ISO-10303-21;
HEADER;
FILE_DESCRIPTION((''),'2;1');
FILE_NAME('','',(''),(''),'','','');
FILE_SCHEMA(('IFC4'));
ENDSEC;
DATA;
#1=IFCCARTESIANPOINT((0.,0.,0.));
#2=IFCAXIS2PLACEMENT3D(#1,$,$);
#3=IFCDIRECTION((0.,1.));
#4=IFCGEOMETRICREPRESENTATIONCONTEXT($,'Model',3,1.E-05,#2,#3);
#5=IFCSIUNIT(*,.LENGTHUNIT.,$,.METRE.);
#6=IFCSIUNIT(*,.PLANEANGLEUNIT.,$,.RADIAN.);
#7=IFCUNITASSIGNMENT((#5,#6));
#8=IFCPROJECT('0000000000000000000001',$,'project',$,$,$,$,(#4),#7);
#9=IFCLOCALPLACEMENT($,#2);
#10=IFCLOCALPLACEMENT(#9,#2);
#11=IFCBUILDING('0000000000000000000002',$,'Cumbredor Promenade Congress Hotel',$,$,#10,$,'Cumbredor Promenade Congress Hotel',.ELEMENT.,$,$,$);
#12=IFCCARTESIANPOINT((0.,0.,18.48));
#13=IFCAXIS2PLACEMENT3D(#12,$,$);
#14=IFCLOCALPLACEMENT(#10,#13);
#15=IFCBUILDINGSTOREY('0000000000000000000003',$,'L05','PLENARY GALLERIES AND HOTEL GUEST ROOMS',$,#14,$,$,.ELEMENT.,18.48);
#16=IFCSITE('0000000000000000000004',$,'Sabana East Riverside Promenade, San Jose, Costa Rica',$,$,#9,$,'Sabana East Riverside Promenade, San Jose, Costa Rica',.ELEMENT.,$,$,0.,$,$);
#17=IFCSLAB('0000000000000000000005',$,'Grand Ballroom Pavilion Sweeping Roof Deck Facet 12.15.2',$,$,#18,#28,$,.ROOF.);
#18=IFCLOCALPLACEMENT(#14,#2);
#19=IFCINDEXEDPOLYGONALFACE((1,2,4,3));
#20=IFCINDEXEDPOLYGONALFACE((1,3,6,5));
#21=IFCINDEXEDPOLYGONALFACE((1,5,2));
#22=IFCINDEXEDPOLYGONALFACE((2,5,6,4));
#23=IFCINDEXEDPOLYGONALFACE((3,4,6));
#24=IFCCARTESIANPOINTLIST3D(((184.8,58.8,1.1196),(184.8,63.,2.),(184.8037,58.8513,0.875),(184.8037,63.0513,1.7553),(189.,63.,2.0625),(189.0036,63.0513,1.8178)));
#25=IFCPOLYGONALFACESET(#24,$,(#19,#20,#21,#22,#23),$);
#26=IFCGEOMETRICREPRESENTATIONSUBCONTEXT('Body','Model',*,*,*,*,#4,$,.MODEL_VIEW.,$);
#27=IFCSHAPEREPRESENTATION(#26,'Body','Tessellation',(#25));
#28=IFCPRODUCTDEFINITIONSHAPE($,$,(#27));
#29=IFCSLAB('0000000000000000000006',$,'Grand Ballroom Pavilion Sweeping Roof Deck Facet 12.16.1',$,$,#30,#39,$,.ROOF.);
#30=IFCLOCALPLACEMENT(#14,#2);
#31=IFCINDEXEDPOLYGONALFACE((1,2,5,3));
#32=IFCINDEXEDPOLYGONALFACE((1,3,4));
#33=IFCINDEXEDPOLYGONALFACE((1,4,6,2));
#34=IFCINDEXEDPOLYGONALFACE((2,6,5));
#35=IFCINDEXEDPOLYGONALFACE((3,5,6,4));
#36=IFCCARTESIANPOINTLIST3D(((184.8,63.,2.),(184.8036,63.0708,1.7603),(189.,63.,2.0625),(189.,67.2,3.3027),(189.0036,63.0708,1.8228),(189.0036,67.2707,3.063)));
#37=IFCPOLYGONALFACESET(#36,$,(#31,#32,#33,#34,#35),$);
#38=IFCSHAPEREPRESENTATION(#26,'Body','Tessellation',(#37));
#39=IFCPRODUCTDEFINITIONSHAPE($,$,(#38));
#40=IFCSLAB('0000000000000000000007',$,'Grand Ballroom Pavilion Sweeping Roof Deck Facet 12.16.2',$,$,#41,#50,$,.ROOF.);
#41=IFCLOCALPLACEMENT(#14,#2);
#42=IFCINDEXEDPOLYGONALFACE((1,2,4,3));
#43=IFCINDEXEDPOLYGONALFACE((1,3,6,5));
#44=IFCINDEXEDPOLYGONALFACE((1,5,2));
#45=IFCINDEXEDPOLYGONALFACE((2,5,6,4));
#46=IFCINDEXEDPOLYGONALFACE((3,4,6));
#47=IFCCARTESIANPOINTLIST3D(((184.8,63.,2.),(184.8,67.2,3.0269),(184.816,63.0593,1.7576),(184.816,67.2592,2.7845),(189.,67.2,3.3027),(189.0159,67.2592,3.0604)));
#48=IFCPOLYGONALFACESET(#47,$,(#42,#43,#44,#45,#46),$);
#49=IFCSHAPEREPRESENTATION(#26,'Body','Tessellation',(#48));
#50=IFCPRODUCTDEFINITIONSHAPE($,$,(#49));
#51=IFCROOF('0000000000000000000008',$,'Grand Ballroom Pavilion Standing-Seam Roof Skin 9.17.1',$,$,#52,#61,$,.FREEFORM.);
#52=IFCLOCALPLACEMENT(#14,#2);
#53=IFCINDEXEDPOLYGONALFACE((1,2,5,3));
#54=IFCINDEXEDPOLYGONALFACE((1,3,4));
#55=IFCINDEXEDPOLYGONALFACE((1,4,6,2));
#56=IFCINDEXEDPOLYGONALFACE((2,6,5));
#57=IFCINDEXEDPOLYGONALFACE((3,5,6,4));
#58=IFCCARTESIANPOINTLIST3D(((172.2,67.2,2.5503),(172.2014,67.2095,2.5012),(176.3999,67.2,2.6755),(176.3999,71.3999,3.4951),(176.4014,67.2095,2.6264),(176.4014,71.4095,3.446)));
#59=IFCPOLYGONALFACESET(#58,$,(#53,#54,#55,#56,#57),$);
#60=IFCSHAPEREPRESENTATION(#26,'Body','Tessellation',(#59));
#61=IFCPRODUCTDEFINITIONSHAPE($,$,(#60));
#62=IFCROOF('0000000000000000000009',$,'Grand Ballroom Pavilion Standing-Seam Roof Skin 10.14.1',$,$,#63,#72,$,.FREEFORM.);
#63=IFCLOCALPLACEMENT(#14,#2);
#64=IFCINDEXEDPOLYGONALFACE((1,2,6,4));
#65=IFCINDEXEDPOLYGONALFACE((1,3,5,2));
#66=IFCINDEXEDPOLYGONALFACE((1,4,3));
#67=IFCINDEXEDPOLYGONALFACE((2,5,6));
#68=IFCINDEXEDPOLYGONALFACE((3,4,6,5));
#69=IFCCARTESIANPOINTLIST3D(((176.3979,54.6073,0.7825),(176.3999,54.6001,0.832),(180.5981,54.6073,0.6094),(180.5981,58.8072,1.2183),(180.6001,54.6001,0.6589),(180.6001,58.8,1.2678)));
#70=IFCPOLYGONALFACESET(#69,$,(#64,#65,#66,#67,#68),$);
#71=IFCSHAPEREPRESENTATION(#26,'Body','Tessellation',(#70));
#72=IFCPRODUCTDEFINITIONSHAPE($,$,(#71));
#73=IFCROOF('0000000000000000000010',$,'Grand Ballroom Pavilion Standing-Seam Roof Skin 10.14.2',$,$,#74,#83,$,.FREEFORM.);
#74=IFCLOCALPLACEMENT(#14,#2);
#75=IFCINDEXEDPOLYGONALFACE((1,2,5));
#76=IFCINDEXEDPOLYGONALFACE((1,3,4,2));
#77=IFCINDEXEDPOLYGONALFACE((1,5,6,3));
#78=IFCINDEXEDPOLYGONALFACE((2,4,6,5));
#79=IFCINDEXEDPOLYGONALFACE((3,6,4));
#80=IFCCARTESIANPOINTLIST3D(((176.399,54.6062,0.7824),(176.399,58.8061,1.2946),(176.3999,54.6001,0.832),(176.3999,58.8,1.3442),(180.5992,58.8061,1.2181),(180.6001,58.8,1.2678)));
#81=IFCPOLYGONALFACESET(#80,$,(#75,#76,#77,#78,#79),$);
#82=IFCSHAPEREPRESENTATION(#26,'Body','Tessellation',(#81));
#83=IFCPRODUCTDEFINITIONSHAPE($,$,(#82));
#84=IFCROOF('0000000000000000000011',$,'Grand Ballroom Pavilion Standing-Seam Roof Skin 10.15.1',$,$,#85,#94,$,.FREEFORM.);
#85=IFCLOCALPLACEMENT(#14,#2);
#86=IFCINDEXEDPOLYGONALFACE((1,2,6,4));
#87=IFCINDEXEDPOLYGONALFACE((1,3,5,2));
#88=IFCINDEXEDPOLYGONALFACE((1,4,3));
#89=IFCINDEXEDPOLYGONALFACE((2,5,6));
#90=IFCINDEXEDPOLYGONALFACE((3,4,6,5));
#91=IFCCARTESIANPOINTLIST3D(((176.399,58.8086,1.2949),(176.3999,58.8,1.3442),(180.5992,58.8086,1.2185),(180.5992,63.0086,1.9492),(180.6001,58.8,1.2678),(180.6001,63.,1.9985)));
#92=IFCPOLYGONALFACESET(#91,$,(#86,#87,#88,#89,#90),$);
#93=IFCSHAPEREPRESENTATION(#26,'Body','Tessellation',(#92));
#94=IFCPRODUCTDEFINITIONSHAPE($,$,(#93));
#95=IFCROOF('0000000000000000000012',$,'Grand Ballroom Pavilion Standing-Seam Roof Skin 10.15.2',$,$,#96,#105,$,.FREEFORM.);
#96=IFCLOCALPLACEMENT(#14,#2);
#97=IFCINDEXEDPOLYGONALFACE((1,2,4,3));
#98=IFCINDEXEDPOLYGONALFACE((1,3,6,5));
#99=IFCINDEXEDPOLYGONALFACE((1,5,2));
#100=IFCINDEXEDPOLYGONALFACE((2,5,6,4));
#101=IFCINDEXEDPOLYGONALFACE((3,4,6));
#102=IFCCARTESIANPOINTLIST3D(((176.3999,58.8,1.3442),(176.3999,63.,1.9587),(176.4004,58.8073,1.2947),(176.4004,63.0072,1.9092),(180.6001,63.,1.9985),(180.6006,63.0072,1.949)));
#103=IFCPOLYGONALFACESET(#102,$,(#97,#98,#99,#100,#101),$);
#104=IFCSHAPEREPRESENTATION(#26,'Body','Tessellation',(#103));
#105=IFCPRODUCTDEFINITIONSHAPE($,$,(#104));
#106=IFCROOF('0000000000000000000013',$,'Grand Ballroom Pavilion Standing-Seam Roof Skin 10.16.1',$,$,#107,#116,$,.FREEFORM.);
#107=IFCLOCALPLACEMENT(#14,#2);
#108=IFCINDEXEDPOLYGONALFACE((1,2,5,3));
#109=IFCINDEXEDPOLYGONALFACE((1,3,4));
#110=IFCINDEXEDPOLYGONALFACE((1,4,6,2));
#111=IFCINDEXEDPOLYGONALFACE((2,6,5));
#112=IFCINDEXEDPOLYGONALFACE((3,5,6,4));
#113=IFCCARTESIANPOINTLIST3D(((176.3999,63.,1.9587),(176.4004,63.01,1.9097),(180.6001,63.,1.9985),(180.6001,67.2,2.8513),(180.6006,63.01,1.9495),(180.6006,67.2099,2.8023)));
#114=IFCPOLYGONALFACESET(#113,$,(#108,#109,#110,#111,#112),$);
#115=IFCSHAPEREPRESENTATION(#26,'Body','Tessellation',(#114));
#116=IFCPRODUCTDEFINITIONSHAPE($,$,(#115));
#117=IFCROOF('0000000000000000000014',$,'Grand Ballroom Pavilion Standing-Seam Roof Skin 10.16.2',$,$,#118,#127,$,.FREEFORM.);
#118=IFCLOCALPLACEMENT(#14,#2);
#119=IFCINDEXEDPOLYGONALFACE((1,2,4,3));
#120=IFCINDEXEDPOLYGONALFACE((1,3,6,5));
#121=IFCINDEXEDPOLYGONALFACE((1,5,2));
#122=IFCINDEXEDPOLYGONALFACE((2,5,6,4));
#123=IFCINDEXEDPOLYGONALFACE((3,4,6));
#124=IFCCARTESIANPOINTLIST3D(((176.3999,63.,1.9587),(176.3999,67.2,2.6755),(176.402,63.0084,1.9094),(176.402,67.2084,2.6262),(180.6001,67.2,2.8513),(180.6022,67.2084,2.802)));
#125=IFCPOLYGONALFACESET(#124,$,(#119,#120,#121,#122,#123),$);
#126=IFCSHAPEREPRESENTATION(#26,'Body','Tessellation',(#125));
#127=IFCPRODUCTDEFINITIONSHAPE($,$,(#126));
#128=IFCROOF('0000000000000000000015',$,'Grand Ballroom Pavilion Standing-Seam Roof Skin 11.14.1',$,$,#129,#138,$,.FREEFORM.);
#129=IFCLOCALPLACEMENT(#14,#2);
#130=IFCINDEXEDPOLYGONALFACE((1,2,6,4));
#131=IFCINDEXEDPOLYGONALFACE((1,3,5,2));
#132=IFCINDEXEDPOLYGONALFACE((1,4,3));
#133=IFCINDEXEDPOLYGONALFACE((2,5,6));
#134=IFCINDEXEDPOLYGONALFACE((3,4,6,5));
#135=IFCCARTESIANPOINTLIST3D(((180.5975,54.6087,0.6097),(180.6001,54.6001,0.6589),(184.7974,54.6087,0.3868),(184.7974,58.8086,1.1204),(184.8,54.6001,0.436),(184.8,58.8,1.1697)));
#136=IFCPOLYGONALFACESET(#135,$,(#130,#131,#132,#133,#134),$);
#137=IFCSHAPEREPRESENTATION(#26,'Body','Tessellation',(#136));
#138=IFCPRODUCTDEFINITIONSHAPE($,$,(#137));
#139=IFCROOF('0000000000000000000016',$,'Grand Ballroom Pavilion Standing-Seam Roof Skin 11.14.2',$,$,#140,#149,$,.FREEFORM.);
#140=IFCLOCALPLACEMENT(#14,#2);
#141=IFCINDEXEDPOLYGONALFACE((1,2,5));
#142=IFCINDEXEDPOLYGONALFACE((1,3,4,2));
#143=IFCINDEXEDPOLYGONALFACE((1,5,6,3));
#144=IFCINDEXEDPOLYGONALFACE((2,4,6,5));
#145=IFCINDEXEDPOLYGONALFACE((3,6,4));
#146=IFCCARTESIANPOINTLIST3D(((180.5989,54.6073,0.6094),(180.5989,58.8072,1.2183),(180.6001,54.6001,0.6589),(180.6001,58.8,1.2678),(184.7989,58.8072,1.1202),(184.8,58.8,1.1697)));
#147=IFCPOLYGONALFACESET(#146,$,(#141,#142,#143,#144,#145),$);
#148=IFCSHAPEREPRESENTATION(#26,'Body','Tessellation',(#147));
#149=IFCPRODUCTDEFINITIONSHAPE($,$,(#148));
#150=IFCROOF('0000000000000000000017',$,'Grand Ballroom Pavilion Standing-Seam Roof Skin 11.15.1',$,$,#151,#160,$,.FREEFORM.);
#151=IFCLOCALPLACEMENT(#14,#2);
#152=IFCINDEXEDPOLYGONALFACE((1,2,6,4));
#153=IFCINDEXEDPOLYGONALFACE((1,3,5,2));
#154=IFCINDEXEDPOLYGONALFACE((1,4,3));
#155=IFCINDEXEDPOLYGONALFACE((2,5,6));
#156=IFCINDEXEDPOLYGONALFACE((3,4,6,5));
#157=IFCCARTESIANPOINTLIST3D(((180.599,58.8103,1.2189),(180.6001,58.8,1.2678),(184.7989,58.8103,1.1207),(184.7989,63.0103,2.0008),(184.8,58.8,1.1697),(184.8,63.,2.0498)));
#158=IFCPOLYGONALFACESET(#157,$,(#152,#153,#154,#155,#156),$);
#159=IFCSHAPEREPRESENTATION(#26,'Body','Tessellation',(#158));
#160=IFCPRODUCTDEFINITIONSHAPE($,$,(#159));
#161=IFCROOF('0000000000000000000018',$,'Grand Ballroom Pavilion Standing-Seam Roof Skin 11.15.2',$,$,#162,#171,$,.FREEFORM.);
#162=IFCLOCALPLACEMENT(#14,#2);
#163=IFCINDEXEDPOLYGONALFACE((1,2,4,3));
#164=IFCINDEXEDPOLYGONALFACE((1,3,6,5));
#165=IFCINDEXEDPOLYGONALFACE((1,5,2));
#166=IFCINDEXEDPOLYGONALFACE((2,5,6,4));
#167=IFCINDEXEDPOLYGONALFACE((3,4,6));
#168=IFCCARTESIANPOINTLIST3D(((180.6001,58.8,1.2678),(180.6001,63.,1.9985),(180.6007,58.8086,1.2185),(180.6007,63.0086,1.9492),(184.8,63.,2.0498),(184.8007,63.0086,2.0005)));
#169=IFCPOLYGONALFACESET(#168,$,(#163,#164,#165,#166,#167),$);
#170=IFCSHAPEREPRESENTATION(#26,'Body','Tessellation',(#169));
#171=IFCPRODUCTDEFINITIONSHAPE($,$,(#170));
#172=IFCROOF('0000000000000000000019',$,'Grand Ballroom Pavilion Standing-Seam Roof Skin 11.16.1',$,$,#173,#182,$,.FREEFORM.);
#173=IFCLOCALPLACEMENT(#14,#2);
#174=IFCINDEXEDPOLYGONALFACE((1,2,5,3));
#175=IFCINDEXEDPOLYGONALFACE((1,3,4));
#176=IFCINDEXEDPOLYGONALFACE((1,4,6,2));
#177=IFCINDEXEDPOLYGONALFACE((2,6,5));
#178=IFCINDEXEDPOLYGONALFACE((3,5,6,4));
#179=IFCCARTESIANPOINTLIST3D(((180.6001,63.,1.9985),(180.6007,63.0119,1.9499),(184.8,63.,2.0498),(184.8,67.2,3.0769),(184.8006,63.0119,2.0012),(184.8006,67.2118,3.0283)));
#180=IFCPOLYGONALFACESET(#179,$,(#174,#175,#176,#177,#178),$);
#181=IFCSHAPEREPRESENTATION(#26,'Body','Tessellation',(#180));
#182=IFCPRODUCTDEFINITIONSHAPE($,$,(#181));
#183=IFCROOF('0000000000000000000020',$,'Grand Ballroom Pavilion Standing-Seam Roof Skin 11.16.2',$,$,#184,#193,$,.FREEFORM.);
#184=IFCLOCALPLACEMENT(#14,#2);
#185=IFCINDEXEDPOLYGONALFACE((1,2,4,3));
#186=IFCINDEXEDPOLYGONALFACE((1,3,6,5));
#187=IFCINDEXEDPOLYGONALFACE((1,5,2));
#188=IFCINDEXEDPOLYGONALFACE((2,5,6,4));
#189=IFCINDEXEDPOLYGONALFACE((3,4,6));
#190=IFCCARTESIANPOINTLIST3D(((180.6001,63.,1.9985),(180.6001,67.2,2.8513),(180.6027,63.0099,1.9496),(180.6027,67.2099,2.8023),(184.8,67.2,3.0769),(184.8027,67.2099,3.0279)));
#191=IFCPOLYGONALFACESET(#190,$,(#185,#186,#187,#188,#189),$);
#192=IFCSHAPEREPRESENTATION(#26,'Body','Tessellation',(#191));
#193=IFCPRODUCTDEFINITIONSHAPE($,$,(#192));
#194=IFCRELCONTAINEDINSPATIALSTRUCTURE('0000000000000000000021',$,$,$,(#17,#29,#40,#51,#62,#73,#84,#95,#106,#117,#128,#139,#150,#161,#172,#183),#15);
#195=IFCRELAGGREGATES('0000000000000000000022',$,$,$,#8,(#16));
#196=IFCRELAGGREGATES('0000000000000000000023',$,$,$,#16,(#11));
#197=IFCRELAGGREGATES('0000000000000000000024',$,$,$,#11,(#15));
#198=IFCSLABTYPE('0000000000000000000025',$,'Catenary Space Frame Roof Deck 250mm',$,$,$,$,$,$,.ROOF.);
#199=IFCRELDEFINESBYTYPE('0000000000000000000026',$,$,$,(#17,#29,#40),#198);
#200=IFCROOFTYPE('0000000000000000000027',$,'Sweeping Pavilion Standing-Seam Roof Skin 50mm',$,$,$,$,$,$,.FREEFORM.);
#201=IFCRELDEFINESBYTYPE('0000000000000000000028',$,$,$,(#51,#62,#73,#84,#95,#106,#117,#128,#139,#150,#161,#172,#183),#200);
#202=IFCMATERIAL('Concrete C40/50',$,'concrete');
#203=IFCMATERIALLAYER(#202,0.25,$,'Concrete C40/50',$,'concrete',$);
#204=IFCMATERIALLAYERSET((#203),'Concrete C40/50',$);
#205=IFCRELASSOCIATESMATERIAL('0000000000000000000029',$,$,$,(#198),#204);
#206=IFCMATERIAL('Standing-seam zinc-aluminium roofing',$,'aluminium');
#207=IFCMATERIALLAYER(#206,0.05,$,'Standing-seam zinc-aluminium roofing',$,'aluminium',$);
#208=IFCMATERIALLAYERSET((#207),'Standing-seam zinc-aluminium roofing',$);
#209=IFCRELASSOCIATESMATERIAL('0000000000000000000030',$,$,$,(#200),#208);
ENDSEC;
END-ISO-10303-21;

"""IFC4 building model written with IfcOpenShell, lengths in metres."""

from ifc_helpers import new_model, si_unit, direction, frame, origin, place, context, subcontext, project, spatial, polyline, outline, extrude, material, layer, layer_set, type_object, element, save


model = new_model("IFC4")

# Units and contexts
model_context = context("Model", 3, precision=1e-05, world=origin(), true_north=direction((0.0, 1.0)))
body_context = subcontext(model_context, "Body", "Model", "MODEL_VIEW")
ifc_project = project(units=[si_unit("LENGTHUNIT", "METRE"), si_unit("PLANEANGLEUNIT", "RADIAN")], contexts=[model_context])

# Site, building, storey
site_placement = place(None, origin())
site = spatial("IfcSite", under=ifc_project, at=site_placement, Name="Sabana East Riverside Promenade, San Jose, Costa Rica", LongName="Sabana East Riverside Promenade, San Jose, Costa Rica", CompositionType="ELEMENT", RefElevation=0.0)
building_placement = place(site_placement, origin())
building = spatial("IfcBuilding", under=site, at=building_placement, Name="Cumbredor Promenade Congress Hotel", LongName="Cumbredor Promenade Congress Hotel", CompositionType="ELEMENT")
storey_placement = place(building_placement, frame((0.0, 0.0, 18.48)))
storey = spatial("IfcBuildingStorey", under=building, at=storey_placement, Name="L05", Description="PLENARY GALLERIES AND HOTEL GUEST ROOMS", CompositionType="ELEMENT", Elevation=18.48)

# Slabs
ifc_material_1 = material(Name="Concrete C40/50", Category="concrete")
ifc_layer_1 = layer(ifc_material_1, 0.25, Name="Concrete C40/50", Category="concrete")
ifc_layer_set_1 = layer_set([ifc_layer_1], Name="Concrete C40/50")
slab_type = type_object("IfcSlabType", Name="Catenary Space Frame Roof Deck 250mm", PredefinedType="ROOF", material=ifc_layer_set_1)
slab_1_placement = place(storey_placement, frame((184.8, 58.8, 1.1196), z_axis=(-0.014563, -0.205134, 0.978626), x_axis=(0.698362, 0.698362, 0.156779)))
element("IfcSlab", 1, at=slab_1_placement, inside=storey, type_object=slab_type, Name="Grand Ballroom Pavilion Sweeping Roof Deck Facet 12.15.2", PredefinedType="ROOF", context=body_context, shape_type="SweptSolid", body=[
    extrude(outline(polyline([(0.0, 0.0), (6.014, 0.0), (3.0711, 2.9972), (0.0, 0.0)])), origin(), (0.0, 0.0, -1.0), 0.25),
])
slab_2_placement = place(storey_placement, frame((184.8, 63.0, 2.0), z_axis=(-0.01427, -0.283179, 0.958961), x_axis=(0.999889, 0.0, 0.014879)))
element("IfcSlab", 2, at=slab_2_placement, inside=storey, type_object=slab_type, Name="Grand Ballroom Pavilion Sweeping Roof Deck Facet 12.16.1", PredefinedType="ROOF", context=body_context, shape_type="SweptSolid", body=[
    extrude(outline(polyline([(0.0, 0.0), (4.2004, 0.0), (4.2189, 4.3792), (0.0, 0.0)])), origin(), (0.0, 0.0, -1.0), 0.25),
])
slab_3_placement = place(storey_placement, frame((184.8, 63.0, 2.0), z_axis=(-0.063677, -0.237015, 0.969417), x_axis=(0.690689, 0.690689, 0.214237)))
element("IfcSlab", 3, at=slab_3_placement, inside=storey, type_object=slab_type, Name="Grand Ballroom Pavilion Sweeping Roof Deck Facet 12.16.2", PredefinedType="ROOF", context=body_context, shape_type="SweptSolid", body=[
    extrude(outline(polyline([(0.0, 0.0), (6.0808, 0.0), (3.1209, 2.9924), (0.0, 0.0)])), origin(), (0.0, 0.0, -1.0), 0.25),
])

# Roofs
ifc_material_2 = material(Name="Standing-seam zinc-aluminium roofing", Category="aluminium")
ifc_layer_2 = layer(ifc_material_2, 0.05, Name="Standing-seam zinc-aluminium roofing", Category="aluminium")
ifc_layer_set_2 = layer_set([ifc_layer_2], Name="Standing-seam zinc-aluminium roofing")
roof_type = type_object("IfcRoofType", Name="Sweeping Pavilion Standing-Seam Roof Skin 50mm", PredefinedType="FREEFORM", material=ifc_layer_set_2)
roof_1_placement = place(storey_placement, frame((172.2, 67.2, 2.5503), z_axis=(-0.029256, -0.191446, 0.981067), x_axis=(0.999556, 0.0, 0.029807)))
element("IfcRoof", 4, at=roof_1_placement, inside=storey, type_object=roof_type, Name="Grand Ballroom Pavilion Standing-Seam Roof Skin 9.17.1", PredefinedType="FREEFORM", context=body_context, shape_type="SweptSolid", body=[
    extrude(outline(polyline([(0.0, 0.0), (4.2018, 0.0), (4.2262, 4.2791), (0.0, 0.0)])), origin(), (0.0, 0.0, -1.0), 0.05),
])
roof_2_placement = place(storey_placement, frame((176.3999, 54.6001, 0.832), z_axis=(0.040751, -0.143356, 0.988832), x_axis=(0.999152, 0.0, -0.041176)))
element("IfcRoof", 5, at=roof_2_placement, inside=storey, type_object=roof_type, Name="Grand Ballroom Pavilion Standing-Seam Roof Skin 10.14.1", PredefinedType="FREEFORM", context=body_context, shape_type="SweptSolid", body=[
    extrude(outline(polyline([(0.0, 0.0), (4.2038, 0.0), (4.1787, 4.2438), (0.0, 0.0)])), origin(), (0.0, 0.0, -1.0), 0.05),
])
roof_3_placement = place(storey_placement, frame((176.3999, 54.6001, 0.832), z_axis=(0.018057, -0.121039, 0.992484), x_axis=(0.705232, 0.705191, 0.073171)))
element("IfcRoof", 6, at=roof_3_placement, inside=storey, type_object=roof_type, Name="Grand Ballroom Pavilion Standing-Seam Roof Skin 10.14.2", PredefinedType="FREEFORM", context=body_context, shape_type="SweptSolid", body=[
    extrude(outline(polyline([(0.0, 0.0), (5.9558, 0.0), (2.9992, 2.9844), (0.0, 0.0)])), origin(), (0.0, 0.0, -1.0), 0.05),
])
roof_4_placement = place(storey_placement, frame((176.3999, 58.8, 1.3442), z_axis=(0.017921, -0.171379, 0.985042), x_axis=(0.999835, 0.0, -0.01819)))
element("IfcRoof", 7, at=roof_4_placement, inside=storey, type_object=roof_type, Name="Grand Ballroom Pavilion Standing-Seam Roof Skin 10.15.1", PredefinedType="FREEFORM", context=body_context, shape_type="SweptSolid", body=[
    extrude(outline(polyline([(0.0, 0.0), (4.2009, 0.0), (4.1876, 4.263), (0.0, 0.0)])), origin(), (0.0, 0.0, -1.0), 0.05),
])
roof_5_placement = place(storey_placement, frame((176.3999, 58.8, 1.3442), z_axis=(-0.009374, -0.144764, 0.989422), x_axis=(0.702876, 0.702835, 0.109492)))
element("IfcRoof", 8, at=roof_5_placement, inside=storey, type_object=roof_type, Name="Grand Ballroom Pavilion Standing-Seam Roof Skin 10.15.2", PredefinedType="FREEFORM", context=body_context, shape_type="SweptSolid", body=[
    extrude(outline(polyline([(0.0, 0.0), (5.9757, 0.0), (3.0192, 2.9836), (0.0, 0.0)])), origin(), (0.0, 0.0, -1.0), 0.05),
])
roof_6_placement = place(storey_placement, frame((176.3999, 63.0, 1.9587), z_axis=(-0.009285, -0.198977, 0.97996), x_axis=(0.999955, 0.0, 0.009474)))
element("IfcRoof", 9, at=roof_6_placement, inside=storey, type_object=roof_type, Name="Grand Ballroom Pavilion Standing-Seam Roof Skin 10.16.1", PredefinedType="FREEFORM", context=body_context, shape_type="SweptSolid", body=[
    extrude(outline(polyline([(0.0, 0.0), (4.2004, 0.0), (4.2085, 4.2856), (0.0, 0.0)])), origin(), (0.0, 0.0, -1.0), 0.05),
])
roof_7_placement = place(storey_placement, frame((176.3999, 63.0, 1.9587), z_axis=(-0.041219, -0.168092, 0.984909), x_axis=(0.699276, 0.699235, 0.148602)))
element("IfcRoof", 10, at=roof_7_placement, inside=storey, type_object=roof_type, Name="Grand Ballroom Pavilion Standing-Seam Roof Skin 10.16.2", PredefinedType="FREEFORM", context=body_context, shape_type="SweptSolid", body=[
    extrude(outline(polyline([(0.0, 0.0), (6.0065, 0.0), (3.0433, 2.9819), (0.0, 0.0)])), origin(), (0.0, 0.0, -1.0), 0.05),
])
roof_8_placement = place(storey_placement, frame((180.6001, 54.6001, 0.6589), z_axis=(0.052209, -0.171839, 0.983741), x_axis=(0.998595, 0.0, -0.052998)))
element("IfcRoof", 11, at=roof_8_placement, inside=storey, type_object=roof_type, Name="Grand Ballroom Pavilion Standing-Seam Roof Skin 11.14.1", PredefinedType="FREEFORM", context=body_context, shape_type="SweptSolid", body=[
    extrude(outline(polyline([(0.0, 0.0), (4.2059, 0.0), (4.167, 4.2634), (0.0, 0.0)])), origin(), (0.0, 0.0, -1.0), 0.05),
])
roof_9_placement = place(storey_placement, frame((180.6001, 54.6001, 0.6589), z_axis=(0.02312, -0.143436, 0.989389), x_axis=(0.704507, 0.704507, 0.085673)))
element("IfcRoof", 12, at=roof_9_placement, inside=storey, type_object=roof_type, Name="Grand Ballroom Pavilion Standing-Seam Roof Skin 11.14.2", PredefinedType="FREEFORM", context=body_context, shape_type="SweptSolid", body=[
    extrude(outline(polyline([(0.0, 0.0), (5.9615, 0.0), (3.0111, 2.9906), (0.0, 0.0)])), origin(), (0.0, 0.0, -1.0), 0.05),
])
roof_10_placement = place(storey_placement, frame((180.6001, 58.8, 1.2678), z_axis=(0.022865, -0.205048, 0.978485), x_axis=(0.999727, 0.0, -0.023362)))
element("IfcRoof", 13, at=roof_10_placement, inside=storey, type_object=roof_type, Name="Grand Ballroom Pavilion Standing-Seam Roof Skin 11.15.1", PredefinedType="FREEFORM", context=body_context, shape_type="SweptSolid", body=[
    extrude(outline(polyline([(0.0, 0.0), (4.2011, 0.0), (4.1805, 4.2911), (0.0, 0.0)])), origin(), (0.0, 0.0, -1.0), 0.05),
])
roof_11_placement = place(storey_placement, frame((180.6001, 58.8, 1.2678), z_axis=(-0.012026, -0.171394, 0.985129), x_axis=(0.701057, 0.701057, 0.130529)))
element("IfcRoof", 14, at=roof_11_placement, inside=storey, type_object=roof_type, Name="Grand Ballroom Pavilion Standing-Seam Roof Skin 11.15.2", PredefinedType="FREEFORM", context=body_context, shape_type="SweptSolid", body=[
    extrude(outline(polyline([(0.0, 0.0), (5.9909, 0.0), (3.0398, 2.9889), (0.0, 0.0)])), origin(), (0.0, 0.0, -1.0), 0.05),
])
roof_12_placement = place(storey_placement, frame((180.6001, 63.0, 1.9985), z_axis=(-0.011857, -0.237533, 0.971307), x_axis=(0.999926, 0.0, 0.012206)))
element("IfcRoof", 15, at=roof_12_placement, inside=storey, type_object=roof_type, Name="Grand Ballroom Pavilion Standing-Seam Roof Skin 11.16.1", PredefinedType="FREEFORM", context=body_context, shape_type="SweptSolid", body=[
    extrude(outline(polyline([(0.0, 0.0), (4.2003, 0.0), (4.2128, 4.3237), (0.0, 0.0)])), origin(), (0.0, 0.0, -1.0), 0.05),
])
roof_13_placement = place(storey_placement, frame((180.6001, 63.0, 1.9985), z_axis=(-0.052565, -0.19871, 0.978648), x_axis=(0.695733, 0.695733, 0.178635)))
element("IfcRoof", 16, at=roof_13_placement, inside=storey, type_object=roof_type, Name="Grand Ballroom Pavilion Standing-Seam Roof Skin 11.16.2", PredefinedType="FREEFORM", context=body_context, shape_type="SweptSolid", body=[
    extrude(outline(polyline([(0.0, 0.0), (6.0367, 0.0), (3.0744, 2.9858), (0.0, 0.0)])), origin(), (0.0, 0.0, -1.0), 0.05),
])

save(model, "model.ifc")
